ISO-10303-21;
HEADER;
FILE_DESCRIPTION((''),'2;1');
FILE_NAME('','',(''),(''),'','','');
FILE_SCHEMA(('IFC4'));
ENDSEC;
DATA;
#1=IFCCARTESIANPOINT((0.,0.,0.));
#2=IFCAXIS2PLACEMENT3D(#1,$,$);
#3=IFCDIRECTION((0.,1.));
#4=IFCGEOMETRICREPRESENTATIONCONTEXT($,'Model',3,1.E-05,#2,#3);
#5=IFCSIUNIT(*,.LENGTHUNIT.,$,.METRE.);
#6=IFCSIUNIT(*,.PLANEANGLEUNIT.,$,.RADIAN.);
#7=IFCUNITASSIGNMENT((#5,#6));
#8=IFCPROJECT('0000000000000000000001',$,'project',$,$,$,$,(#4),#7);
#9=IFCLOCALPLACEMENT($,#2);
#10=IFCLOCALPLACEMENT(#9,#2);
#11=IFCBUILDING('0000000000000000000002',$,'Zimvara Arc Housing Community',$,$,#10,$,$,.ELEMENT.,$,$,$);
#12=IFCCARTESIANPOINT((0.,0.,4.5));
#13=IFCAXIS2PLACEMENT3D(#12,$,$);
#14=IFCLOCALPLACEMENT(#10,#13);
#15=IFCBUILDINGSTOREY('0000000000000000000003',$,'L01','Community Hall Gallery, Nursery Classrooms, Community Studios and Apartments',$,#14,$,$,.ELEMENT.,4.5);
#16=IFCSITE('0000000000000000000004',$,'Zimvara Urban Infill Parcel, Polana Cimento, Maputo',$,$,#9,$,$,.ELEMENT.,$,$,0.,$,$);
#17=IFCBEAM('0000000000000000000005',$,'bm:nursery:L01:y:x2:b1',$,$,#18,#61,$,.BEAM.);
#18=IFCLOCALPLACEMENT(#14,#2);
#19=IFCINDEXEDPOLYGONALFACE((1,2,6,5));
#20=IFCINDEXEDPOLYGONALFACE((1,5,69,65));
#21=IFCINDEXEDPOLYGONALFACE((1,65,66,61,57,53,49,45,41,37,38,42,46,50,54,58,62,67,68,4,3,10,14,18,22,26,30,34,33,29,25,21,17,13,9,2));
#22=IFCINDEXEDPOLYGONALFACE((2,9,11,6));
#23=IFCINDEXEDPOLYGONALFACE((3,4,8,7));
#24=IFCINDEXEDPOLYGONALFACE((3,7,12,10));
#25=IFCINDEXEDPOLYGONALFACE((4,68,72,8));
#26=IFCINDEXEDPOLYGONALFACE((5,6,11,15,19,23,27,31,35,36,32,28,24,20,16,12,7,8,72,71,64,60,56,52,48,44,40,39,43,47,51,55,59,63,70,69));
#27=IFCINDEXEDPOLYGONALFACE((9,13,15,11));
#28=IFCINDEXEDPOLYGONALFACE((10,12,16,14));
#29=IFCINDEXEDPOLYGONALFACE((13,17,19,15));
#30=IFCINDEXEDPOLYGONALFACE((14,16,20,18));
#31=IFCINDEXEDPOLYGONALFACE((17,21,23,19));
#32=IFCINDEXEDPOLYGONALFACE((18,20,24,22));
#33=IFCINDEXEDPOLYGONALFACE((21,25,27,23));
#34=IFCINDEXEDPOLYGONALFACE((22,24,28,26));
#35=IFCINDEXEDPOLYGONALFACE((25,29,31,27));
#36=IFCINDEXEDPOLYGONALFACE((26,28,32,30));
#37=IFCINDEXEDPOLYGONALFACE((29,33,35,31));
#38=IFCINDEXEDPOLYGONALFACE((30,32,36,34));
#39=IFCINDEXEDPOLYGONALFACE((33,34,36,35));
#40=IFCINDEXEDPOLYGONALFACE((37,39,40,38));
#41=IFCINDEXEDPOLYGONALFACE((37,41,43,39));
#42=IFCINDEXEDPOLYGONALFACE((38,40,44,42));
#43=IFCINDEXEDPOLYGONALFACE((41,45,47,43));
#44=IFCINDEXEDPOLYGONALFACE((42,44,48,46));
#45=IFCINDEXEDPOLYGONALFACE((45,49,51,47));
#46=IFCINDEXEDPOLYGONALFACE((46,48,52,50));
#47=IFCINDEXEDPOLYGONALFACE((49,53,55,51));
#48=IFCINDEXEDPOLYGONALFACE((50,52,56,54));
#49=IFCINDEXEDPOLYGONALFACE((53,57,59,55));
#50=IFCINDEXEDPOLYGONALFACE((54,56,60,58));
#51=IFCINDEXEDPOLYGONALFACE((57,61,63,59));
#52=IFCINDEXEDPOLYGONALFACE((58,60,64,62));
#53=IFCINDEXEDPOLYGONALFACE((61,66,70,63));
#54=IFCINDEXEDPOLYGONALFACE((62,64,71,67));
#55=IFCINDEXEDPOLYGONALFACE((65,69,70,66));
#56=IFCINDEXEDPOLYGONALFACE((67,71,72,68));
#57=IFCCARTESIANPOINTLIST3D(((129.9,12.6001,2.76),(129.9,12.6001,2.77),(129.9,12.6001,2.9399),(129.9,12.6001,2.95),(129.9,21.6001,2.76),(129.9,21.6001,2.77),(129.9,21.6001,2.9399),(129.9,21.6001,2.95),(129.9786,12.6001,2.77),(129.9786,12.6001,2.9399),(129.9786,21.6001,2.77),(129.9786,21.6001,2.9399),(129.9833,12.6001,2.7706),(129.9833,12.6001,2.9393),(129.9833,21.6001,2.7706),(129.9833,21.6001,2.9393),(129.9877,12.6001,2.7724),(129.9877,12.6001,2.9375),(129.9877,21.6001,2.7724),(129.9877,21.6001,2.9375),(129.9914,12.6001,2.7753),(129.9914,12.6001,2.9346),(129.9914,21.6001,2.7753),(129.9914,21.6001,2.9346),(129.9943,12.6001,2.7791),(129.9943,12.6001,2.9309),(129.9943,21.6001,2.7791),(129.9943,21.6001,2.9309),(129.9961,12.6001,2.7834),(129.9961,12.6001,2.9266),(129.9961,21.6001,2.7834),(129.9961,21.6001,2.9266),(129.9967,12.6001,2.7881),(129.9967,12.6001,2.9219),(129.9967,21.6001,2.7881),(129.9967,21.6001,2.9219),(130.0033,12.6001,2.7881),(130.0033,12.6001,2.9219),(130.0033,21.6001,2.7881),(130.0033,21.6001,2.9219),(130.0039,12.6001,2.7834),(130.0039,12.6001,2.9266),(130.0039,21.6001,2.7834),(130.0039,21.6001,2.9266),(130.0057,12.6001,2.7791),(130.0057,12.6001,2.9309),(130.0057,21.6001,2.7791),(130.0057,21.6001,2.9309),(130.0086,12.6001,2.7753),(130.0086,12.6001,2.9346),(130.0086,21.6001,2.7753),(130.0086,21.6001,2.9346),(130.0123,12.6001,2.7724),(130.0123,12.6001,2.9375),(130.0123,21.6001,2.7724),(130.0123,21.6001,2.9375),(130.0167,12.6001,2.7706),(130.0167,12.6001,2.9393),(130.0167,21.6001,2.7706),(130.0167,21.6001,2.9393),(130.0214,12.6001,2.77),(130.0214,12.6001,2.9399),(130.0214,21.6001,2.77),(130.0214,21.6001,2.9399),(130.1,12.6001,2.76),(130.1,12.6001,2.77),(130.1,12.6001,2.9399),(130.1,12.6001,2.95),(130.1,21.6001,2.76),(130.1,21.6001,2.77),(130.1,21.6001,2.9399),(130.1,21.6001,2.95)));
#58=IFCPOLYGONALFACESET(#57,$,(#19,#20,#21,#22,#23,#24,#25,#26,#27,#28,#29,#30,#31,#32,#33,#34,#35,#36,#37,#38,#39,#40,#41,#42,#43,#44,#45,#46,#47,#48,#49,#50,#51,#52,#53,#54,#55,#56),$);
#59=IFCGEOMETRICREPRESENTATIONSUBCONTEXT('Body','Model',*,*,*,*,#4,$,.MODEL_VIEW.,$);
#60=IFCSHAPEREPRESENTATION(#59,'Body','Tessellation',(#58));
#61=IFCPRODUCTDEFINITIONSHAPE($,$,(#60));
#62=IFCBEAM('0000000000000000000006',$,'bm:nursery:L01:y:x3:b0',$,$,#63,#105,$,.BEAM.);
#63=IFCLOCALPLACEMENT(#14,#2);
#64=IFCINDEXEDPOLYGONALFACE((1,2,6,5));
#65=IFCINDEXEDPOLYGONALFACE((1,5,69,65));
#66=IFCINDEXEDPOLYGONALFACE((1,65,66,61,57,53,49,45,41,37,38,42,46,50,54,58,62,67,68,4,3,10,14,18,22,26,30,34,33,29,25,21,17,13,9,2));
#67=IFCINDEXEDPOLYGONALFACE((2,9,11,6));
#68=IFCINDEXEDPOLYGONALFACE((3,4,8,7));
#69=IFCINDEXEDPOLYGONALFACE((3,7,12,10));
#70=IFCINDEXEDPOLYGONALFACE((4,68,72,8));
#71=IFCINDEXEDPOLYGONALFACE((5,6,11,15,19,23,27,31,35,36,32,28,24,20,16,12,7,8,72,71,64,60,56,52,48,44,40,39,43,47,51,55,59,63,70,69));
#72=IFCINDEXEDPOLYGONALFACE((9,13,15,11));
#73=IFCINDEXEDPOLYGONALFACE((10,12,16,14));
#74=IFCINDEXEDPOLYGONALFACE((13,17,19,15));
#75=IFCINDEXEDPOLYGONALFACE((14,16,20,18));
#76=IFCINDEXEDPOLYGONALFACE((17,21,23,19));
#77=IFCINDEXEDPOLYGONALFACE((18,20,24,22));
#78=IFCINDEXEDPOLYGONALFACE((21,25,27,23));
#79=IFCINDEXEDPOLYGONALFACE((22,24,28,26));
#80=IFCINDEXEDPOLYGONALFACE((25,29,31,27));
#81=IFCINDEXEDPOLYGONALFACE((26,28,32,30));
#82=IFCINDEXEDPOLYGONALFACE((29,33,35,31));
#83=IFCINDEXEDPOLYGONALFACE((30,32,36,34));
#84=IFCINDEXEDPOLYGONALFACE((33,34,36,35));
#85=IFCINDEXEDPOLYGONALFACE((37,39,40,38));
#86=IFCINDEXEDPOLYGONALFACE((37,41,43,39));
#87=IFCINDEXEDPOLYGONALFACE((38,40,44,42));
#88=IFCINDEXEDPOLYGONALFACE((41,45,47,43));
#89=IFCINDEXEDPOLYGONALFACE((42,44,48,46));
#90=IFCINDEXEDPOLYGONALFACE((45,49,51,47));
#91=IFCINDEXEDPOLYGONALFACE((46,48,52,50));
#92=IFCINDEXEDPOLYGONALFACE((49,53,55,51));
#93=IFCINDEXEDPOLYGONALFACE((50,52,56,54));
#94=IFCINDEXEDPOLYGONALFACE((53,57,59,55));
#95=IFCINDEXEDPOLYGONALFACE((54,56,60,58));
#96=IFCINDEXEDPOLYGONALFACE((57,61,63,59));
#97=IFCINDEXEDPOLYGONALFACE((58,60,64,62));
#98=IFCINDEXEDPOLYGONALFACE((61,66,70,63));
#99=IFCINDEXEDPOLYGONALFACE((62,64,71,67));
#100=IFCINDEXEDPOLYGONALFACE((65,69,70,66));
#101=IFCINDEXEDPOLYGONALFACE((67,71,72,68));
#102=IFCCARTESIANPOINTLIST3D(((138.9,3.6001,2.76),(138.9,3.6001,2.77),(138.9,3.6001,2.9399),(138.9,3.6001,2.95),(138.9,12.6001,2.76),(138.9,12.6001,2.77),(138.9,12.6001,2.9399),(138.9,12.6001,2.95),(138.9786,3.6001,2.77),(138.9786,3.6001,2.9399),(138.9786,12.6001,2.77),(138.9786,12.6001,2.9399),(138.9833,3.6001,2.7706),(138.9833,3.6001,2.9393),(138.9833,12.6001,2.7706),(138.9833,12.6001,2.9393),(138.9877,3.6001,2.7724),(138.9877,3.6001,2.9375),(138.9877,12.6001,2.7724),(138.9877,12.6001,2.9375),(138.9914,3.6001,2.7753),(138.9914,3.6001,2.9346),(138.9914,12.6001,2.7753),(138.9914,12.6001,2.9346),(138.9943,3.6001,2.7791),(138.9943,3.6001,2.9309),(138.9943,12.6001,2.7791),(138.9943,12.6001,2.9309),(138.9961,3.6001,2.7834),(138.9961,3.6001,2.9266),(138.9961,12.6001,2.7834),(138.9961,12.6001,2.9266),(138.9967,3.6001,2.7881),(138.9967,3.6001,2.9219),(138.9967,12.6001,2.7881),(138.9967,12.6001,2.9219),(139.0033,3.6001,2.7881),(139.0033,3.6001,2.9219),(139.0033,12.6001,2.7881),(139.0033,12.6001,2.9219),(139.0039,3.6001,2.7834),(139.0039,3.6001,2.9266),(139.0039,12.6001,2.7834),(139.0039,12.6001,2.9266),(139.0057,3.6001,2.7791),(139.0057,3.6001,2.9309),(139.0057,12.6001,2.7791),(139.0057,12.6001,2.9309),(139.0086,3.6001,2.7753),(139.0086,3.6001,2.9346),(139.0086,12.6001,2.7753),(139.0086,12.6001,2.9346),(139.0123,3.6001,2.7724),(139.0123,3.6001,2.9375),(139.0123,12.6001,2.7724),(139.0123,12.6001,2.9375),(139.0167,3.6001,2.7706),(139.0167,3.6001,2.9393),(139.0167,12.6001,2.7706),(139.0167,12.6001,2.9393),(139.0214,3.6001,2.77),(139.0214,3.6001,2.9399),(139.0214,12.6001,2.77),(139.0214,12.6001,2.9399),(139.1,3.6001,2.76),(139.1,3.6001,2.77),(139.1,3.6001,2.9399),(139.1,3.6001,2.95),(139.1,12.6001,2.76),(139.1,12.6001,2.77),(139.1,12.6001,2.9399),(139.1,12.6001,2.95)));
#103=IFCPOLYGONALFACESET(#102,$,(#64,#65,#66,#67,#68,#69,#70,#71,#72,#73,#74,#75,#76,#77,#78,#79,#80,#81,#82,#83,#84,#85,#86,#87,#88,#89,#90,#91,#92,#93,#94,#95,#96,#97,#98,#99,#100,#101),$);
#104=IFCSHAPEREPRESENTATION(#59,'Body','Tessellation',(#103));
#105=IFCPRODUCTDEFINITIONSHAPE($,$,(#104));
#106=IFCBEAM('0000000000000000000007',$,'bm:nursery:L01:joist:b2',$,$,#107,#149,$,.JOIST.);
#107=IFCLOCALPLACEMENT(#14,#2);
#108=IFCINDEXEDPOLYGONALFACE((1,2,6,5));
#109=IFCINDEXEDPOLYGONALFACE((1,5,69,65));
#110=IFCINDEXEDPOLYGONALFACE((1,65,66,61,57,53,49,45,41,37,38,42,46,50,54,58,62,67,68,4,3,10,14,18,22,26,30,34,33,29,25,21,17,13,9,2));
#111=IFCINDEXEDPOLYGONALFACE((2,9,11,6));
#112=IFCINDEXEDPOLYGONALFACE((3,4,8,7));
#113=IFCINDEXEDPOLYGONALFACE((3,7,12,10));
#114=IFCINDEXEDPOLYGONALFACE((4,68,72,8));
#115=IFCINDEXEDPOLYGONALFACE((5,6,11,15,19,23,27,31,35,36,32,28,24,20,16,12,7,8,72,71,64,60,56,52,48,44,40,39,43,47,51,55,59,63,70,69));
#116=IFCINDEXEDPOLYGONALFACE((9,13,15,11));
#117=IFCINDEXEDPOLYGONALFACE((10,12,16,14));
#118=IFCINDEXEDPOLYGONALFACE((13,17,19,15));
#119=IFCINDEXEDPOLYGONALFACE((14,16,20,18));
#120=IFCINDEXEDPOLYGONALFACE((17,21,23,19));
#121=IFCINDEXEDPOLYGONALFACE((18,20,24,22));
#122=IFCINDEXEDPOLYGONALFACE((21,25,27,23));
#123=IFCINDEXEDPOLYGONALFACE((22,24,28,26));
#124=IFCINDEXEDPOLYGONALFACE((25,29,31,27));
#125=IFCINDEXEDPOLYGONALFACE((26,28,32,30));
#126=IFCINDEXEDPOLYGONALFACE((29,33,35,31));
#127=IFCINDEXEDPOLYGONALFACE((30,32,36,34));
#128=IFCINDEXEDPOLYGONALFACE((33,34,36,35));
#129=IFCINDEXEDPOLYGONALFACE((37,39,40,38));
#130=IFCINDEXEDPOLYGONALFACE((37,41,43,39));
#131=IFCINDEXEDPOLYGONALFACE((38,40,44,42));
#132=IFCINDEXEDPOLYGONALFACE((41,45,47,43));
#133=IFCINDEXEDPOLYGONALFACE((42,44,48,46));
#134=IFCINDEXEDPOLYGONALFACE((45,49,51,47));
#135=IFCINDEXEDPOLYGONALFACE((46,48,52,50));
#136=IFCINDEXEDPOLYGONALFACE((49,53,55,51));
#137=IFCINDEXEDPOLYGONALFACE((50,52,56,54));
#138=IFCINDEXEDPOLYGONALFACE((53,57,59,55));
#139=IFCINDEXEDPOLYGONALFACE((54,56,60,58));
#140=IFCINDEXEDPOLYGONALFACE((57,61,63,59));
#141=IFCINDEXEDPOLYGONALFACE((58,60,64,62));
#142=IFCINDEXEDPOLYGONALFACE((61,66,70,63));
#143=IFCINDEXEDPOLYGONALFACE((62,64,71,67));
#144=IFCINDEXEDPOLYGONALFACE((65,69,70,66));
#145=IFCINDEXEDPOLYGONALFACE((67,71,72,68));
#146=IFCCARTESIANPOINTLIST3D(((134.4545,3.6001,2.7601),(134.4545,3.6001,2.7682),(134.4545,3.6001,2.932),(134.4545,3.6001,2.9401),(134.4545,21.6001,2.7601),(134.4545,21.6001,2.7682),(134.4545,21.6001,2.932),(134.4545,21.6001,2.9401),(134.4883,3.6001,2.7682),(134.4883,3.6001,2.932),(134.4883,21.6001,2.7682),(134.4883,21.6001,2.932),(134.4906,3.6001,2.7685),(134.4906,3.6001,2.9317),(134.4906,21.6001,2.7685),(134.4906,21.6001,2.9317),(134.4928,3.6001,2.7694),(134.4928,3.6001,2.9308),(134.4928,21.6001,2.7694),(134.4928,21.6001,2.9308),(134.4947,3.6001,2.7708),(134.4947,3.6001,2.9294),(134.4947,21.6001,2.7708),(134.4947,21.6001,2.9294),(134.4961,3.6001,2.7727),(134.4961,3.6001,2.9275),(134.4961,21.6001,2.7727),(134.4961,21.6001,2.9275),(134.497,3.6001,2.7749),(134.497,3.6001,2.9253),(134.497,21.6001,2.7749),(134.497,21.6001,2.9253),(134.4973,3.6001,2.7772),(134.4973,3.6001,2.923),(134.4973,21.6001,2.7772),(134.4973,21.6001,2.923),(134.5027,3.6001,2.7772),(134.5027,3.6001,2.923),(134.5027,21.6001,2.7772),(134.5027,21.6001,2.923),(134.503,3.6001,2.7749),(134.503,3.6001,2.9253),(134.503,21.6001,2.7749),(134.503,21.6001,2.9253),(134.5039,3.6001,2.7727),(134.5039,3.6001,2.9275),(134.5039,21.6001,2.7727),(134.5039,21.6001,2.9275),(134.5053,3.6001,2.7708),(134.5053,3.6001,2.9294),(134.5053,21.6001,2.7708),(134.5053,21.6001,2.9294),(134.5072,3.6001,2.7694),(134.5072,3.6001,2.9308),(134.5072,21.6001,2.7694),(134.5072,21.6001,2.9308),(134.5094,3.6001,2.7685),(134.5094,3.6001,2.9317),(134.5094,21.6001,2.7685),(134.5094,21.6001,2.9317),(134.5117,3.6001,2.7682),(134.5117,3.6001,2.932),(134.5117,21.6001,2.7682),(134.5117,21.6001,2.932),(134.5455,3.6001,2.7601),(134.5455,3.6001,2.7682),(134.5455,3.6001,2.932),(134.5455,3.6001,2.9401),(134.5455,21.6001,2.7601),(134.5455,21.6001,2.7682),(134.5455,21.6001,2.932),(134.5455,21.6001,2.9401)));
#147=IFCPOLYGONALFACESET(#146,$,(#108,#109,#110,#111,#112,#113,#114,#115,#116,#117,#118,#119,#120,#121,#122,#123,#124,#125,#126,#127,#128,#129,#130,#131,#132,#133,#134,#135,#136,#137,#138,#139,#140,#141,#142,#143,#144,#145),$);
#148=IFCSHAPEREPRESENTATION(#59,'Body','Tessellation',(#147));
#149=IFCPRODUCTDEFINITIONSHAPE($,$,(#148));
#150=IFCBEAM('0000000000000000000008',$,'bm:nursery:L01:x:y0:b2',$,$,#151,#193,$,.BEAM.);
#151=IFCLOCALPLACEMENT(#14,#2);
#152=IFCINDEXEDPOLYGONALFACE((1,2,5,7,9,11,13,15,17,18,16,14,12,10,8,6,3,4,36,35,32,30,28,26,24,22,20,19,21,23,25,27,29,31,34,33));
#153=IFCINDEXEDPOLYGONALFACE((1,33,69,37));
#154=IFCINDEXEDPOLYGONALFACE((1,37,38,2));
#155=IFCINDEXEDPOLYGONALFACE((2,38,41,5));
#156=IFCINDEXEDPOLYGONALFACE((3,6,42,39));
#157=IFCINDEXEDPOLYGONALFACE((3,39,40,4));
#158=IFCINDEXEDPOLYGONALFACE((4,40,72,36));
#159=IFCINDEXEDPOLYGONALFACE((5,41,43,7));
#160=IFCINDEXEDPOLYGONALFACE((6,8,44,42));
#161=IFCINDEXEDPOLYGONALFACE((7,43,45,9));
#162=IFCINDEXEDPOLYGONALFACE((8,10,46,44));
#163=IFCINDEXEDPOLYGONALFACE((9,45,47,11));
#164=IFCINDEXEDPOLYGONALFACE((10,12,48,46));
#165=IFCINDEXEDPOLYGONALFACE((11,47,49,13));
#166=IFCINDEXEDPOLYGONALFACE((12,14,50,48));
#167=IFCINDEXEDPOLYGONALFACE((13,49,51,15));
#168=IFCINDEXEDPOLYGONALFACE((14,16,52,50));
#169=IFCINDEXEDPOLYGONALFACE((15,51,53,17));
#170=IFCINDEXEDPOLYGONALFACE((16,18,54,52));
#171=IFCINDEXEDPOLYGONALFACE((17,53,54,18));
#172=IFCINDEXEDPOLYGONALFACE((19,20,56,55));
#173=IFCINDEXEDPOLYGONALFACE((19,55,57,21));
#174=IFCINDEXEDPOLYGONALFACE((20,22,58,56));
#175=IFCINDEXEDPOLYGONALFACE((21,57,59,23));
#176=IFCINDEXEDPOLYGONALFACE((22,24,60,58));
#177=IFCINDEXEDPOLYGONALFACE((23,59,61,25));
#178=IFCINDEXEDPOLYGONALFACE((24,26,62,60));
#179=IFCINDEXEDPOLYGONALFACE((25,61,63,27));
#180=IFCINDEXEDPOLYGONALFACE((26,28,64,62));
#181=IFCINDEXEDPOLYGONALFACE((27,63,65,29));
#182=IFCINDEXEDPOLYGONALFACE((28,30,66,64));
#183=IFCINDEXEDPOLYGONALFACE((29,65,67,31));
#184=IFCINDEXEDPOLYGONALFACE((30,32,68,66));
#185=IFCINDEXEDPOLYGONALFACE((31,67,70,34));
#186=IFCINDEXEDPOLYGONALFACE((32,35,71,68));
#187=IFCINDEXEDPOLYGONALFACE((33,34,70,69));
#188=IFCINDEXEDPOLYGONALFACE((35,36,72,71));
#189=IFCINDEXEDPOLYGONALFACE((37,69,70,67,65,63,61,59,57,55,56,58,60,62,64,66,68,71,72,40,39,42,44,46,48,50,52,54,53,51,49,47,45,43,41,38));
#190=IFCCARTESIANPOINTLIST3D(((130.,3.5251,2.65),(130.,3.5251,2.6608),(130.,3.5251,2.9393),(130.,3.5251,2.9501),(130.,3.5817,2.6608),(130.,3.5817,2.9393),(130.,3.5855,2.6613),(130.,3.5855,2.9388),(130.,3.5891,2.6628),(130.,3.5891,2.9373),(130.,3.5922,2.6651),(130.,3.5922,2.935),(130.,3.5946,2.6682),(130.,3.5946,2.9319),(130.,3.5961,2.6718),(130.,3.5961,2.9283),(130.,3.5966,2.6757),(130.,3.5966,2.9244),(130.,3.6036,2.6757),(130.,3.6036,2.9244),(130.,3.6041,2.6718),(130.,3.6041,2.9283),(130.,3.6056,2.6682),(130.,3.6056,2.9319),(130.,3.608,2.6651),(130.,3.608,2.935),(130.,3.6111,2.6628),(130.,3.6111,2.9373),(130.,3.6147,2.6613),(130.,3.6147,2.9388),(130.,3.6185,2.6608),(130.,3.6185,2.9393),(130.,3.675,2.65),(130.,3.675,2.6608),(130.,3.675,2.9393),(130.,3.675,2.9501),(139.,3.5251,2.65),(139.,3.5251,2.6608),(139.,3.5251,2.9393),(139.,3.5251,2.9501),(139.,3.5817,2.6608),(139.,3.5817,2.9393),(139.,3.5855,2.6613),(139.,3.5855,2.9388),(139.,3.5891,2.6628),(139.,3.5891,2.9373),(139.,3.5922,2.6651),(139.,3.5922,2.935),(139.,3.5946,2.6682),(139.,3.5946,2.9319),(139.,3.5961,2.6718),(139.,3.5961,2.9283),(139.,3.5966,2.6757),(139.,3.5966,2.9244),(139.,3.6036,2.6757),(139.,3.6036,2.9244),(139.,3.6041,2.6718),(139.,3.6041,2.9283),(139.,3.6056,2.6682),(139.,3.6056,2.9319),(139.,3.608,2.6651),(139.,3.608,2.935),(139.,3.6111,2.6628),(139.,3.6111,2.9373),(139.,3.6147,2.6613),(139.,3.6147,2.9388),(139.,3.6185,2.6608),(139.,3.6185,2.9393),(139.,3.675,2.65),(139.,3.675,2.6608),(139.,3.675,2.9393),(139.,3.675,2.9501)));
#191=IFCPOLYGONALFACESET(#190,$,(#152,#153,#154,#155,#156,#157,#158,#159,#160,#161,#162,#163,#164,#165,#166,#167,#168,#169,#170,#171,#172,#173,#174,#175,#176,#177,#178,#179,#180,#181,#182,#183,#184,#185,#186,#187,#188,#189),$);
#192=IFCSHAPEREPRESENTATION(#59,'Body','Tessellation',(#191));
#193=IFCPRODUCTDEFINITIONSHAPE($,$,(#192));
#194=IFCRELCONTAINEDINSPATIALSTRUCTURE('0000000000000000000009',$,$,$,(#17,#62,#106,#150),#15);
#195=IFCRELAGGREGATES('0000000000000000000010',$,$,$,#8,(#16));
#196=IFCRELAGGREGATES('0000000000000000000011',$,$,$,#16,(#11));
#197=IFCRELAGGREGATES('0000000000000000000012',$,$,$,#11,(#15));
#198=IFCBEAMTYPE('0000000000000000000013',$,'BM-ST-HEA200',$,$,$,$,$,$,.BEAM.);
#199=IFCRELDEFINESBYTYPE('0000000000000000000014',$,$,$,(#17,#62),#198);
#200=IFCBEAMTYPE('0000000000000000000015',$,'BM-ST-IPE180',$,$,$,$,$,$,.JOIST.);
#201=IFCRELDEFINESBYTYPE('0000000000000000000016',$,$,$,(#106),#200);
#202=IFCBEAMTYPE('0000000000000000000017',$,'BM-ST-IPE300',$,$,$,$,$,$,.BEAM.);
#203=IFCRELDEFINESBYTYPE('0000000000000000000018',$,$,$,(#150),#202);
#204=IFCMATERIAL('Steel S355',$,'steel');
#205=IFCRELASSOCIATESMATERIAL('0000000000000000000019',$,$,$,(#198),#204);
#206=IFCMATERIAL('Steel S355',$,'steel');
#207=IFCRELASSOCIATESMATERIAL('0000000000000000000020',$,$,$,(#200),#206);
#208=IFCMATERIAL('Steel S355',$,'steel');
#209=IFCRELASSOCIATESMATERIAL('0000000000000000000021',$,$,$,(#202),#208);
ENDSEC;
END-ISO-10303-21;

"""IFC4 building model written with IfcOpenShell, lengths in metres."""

from ifc_helpers import new_model, si_unit, direction, frame, origin, origin_2d, place, context, subcontext, project, spatial, i_section, extrude, material, material_profile, profile_set, type_object, element, save


model = new_model("IFC4")

# Units and contexts
model_context = context("Model", 3, precision=1e-05, world=origin(), true_north=direction((0.0, 1.0)))
body_context = subcontext(model_context, "Body", "Model", "MODEL_VIEW")
ifc_project = project(units=[si_unit("LENGTHUNIT", "METRE"), si_unit("PLANEANGLEUNIT", "RADIAN")], contexts=[model_context])

# Site, building, storey
site_placement = place(None, origin())
site = spatial("IfcSite", under=ifc_project, at=site_placement, Name="Zimvara Urban Infill Parcel, Polana Cimento, Maputo", CompositionType="ELEMENT", RefElevation=0.0)
building_placement = place(site_placement, origin())
building = spatial("IfcBuilding", under=site, at=building_placement, Name="Zimvara Arc Housing Community", CompositionType="ELEMENT")
storey_placement = place(building_placement, frame((0.0, 0.0, 4.5)))
storey = spatial("IfcBuildingStorey", under=building, at=storey_placement, Name="L01", Description="Community Hall Gallery, Nursery Classrooms, Community Studios and Apartments", CompositionType="ELEMENT", Elevation=4.5)

# Beams
ifc_material_1 = material(Name="Steel S355", Category="steel")
ifc_material_profile_1 = material_profile(ifc_material_1, i_section(OverallWidth=0.2, OverallDepth=0.1899, WebThickness=0.0066, FlangeThickness=0.01, FilletRadius=0.0181, at=origin_2d()), Name="HEA 200")
ifc_profile_set_1 = profile_set([ifc_material_profile_1], Name="Steel S355")
beam_type_1 = type_object("IfcBeamType", Name="BM-ST-HEA200", PredefinedType="BEAM", material=ifc_profile_set_1)
for number, where, z_axis, x_axis, name in (
    (1, (130.0, 12.6001, 2.855), (0.0, 1.0, 0.0), (-1.0, 0.0, 0.0), "bm:nursery:L01:y:x2:b1"),
    (2, (139.0, 3.6001, 2.855), (0.0, 1.0, 0.0), (-1.0, 0.0, 0.0), "bm:nursery:L01:y:x3:b0"),
):
    element("IfcBeam", number, at=place(storey_placement, frame(where, z_axis=z_axis, x_axis=x_axis)), inside=storey, type_object=beam_type_1, Name=name, PredefinedType="BEAM", context=body_context, shape_type="SweptSolid", body=[
        extrude(i_section(OverallWidth=0.2, OverallDepth=0.1899, WebThickness=0.0066, FlangeThickness=0.01, FilletRadius=0.0181, at=origin_2d()), origin(), (0.0, 0.0, 1.0), 9.0),
    ])
ifc_material_2 = material(Name="Steel S355", Category="steel")
ifc_material_profile_2 = material_profile(ifc_material_2, i_section(OverallWidth=0.0911, OverallDepth=0.1799, WebThickness=0.0054, FlangeThickness=0.0081, FilletRadius=0.009, at=origin_2d()), Name="IPE 180")
ifc_profile_set_2 = profile_set([ifc_material_profile_2], Name="Steel S355")
beam_type_2 = type_object("IfcBeamType", Name="BM-ST-IPE180", PredefinedType="JOIST", material=ifc_profile_set_2)
beam_placement = place(storey_placement, frame((134.5, 3.6001, 2.8501), z_axis=(0.0, 1.0, 0.0), x_axis=(-1.0, 0.0, 0.0)))
element("IfcBeam", 3, at=beam_placement, inside=storey, type_object=beam_type_2, Name="bm:nursery:L01:joist:b2", PredefinedType="JOIST", context=body_context, shape_type="SweptSolid", body=[
    extrude(i_section(OverallWidth=0.0911, OverallDepth=0.1799, WebThickness=0.0054, FlangeThickness=0.0081, FilletRadius=0.009, at=origin_2d()), origin(), (0.0, 0.0, 1.0), 18.0),
])
ifc_material_3 = material(Name="Steel S355", Category="steel")
ifc_material_profile_3 = material_profile(ifc_material_3, i_section(OverallWidth=0.1499, OverallDepth=0.3, WebThickness=0.0071, FlangeThickness=0.0107, FilletRadius=0.0149, at=origin_2d()), Name="IPE 300")
ifc_profile_set_3 = profile_set([ifc_material_profile_3], Name="Steel S355")
beam_type_3 = type_object("IfcBeamType", Name="BM-ST-IPE300", PredefinedType="BEAM", material=ifc_profile_set_3)
for number, where, z_axis, x_axis, name in (
    (4, (130.0, 3.6001, 2.8), (1.0, 0.0, 0.0), (0.0, 1.0, 0.0), "bm:nursery:L01:x:y0:b2"),
):
    element("IfcBeam", number, at=place(storey_placement, frame(where, z_axis=z_axis, x_axis=x_axis)), inside=storey, type_object=beam_type_3, Name=name, PredefinedType="BEAM", context=body_context, shape_type="SweptSolid", body=[
        extrude(i_section(OverallWidth=0.1499, OverallDepth=0.3, WebThickness=0.0071, FlangeThickness=0.0107, FilletRadius=0.0149, at=origin_2d()), origin(), (0.0, 0.0, 1.0), 9.0),
    ])

save(model, "model.ifc")
